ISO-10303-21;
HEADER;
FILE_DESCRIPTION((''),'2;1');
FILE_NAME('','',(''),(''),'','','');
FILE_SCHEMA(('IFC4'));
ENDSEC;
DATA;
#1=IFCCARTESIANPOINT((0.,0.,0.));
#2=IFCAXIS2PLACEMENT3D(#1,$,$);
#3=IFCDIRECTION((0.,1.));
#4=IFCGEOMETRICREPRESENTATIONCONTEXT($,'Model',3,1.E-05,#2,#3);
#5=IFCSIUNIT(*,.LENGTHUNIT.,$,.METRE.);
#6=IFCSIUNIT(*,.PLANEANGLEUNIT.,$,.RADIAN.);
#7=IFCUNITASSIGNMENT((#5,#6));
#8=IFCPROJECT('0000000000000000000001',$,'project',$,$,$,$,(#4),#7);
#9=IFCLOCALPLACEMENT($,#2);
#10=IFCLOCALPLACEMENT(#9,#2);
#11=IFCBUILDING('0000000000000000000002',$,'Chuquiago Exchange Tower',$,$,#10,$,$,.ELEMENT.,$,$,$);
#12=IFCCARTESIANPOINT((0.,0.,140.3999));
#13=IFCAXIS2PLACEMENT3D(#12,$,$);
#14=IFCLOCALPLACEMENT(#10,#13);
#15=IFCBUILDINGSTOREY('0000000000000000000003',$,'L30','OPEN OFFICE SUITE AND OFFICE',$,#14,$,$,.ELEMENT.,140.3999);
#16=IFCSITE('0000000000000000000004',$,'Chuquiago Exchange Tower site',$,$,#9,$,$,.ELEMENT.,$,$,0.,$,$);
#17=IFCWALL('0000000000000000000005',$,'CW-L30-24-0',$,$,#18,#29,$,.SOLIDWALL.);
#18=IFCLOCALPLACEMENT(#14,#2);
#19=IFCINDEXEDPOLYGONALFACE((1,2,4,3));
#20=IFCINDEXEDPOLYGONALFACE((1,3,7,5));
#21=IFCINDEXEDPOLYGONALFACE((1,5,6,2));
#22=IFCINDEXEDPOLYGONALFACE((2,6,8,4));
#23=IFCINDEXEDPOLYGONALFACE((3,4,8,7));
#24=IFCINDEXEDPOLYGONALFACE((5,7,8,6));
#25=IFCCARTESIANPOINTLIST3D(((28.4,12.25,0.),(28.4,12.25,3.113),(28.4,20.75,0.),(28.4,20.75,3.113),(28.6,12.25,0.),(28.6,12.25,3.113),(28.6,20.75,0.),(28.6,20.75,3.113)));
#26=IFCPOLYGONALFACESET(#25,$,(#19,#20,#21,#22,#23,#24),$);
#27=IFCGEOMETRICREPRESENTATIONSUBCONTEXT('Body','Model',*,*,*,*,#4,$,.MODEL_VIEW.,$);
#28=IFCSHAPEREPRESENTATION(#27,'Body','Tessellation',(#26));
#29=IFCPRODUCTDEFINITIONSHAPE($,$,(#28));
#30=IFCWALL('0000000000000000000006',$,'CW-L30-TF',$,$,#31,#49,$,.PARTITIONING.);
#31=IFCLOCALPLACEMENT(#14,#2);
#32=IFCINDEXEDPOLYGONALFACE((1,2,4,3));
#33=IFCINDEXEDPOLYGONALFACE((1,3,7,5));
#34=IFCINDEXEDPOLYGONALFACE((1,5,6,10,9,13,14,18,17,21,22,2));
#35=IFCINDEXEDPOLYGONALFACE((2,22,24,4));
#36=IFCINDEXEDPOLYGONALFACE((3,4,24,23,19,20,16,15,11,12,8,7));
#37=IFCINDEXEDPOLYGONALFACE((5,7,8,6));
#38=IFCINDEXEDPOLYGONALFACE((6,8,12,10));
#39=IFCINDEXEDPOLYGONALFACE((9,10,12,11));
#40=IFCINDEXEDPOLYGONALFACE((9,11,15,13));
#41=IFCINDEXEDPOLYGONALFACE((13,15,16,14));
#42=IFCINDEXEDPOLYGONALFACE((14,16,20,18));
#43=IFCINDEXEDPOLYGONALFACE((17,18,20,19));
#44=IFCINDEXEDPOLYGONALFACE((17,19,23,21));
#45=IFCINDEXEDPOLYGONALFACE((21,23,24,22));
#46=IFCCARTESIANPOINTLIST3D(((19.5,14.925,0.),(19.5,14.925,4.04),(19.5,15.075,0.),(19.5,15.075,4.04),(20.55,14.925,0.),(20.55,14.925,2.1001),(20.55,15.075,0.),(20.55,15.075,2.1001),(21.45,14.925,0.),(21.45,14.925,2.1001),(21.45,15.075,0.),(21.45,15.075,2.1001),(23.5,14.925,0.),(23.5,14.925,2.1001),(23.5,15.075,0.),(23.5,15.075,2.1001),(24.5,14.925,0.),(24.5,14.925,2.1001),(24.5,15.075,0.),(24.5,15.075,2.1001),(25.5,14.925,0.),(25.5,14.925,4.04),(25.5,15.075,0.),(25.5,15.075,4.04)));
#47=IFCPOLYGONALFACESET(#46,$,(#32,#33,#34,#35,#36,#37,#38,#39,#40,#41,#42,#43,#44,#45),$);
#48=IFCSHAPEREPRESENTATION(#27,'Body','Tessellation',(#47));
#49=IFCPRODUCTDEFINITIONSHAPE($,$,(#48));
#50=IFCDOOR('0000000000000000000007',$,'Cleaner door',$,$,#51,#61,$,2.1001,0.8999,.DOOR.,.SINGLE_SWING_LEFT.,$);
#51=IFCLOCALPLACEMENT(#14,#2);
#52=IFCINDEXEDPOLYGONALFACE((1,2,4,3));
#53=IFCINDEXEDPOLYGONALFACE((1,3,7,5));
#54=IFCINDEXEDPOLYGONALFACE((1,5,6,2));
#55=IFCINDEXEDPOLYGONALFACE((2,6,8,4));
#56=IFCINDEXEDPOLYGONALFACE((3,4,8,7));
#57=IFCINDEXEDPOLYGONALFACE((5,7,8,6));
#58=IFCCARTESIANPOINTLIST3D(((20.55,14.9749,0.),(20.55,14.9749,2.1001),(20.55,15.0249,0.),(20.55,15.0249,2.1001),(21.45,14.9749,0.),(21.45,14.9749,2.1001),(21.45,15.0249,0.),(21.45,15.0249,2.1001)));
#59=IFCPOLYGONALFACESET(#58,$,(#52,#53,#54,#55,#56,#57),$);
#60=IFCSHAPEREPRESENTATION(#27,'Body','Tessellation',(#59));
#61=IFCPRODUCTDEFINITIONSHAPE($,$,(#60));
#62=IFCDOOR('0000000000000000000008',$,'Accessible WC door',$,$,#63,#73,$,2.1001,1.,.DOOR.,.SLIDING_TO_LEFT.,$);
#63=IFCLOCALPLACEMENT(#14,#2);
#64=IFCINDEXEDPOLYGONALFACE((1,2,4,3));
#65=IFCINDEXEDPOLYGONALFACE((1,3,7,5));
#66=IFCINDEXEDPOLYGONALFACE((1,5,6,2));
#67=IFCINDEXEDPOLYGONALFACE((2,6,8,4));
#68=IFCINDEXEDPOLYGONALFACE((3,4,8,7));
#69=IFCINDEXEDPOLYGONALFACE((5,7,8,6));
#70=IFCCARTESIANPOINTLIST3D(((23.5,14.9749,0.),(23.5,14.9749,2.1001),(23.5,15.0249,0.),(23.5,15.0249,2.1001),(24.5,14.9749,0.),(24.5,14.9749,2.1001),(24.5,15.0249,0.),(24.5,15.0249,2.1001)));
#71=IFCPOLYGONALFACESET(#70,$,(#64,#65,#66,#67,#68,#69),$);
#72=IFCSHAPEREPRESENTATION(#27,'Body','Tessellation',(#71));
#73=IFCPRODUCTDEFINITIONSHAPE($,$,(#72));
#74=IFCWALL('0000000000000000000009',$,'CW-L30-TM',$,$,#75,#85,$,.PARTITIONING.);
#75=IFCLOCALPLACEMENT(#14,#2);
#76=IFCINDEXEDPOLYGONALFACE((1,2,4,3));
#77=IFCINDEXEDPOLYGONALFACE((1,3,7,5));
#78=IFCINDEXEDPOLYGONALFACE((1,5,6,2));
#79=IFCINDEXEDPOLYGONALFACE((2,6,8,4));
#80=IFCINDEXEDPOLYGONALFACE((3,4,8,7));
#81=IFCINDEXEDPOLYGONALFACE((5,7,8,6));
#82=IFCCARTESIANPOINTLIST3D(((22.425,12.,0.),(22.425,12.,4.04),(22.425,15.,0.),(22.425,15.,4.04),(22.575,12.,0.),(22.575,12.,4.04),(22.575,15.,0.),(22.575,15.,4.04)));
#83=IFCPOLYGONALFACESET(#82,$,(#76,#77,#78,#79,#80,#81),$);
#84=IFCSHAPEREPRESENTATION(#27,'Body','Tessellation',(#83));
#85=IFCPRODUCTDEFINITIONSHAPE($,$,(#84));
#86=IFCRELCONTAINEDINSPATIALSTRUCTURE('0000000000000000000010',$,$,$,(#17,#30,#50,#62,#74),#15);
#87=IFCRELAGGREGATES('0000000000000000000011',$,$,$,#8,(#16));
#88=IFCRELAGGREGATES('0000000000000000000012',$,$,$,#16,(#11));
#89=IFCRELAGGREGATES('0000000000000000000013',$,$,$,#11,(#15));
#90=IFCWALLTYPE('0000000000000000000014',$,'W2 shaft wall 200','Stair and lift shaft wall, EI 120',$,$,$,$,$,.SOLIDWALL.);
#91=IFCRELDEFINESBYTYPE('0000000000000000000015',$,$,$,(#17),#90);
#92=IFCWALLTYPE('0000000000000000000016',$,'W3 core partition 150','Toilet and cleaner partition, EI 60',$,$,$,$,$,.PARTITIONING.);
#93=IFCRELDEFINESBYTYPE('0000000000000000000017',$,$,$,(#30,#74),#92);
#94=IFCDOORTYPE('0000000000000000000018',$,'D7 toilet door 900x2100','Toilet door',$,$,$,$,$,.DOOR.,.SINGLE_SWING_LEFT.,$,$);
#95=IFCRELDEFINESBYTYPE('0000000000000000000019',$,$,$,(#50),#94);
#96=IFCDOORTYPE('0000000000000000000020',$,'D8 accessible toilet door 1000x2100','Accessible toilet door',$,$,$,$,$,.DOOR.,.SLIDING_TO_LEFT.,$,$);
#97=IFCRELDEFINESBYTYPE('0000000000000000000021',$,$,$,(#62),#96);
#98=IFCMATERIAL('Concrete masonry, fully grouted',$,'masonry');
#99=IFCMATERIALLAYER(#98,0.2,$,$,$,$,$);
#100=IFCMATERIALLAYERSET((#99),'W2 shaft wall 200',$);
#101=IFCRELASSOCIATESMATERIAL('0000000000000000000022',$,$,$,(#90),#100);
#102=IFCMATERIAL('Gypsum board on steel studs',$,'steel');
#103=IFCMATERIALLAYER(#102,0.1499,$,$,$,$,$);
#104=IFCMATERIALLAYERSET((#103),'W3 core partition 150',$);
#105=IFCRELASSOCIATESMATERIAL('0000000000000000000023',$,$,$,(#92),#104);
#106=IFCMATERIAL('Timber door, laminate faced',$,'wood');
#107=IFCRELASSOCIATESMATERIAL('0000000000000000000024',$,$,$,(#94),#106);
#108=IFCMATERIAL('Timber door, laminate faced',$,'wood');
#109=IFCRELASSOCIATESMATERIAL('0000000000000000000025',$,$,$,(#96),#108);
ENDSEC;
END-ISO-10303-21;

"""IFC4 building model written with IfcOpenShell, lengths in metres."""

from ifc_helpers import new_model, si_unit, direction, frame, frame_2d, origin, place, context, subcontext, project, spatial, rectangle, extrude, material, layer, layer_set, type_object, element, fill, save


model = new_model("IFC4")

# Units and contexts
model_context = context("Model", 3, precision=1e-05, world=origin(), true_north=direction((0.0, 1.0)))
body_context = subcontext(model_context, "Body", "Model", "MODEL_VIEW")
ifc_project = project(units=[si_unit("LENGTHUNIT", "METRE"), si_unit("PLANEANGLEUNIT", "RADIAN")], contexts=[model_context])

# Site, building, storey
site_placement = place(None, origin())
site = spatial("IfcSite", under=ifc_project, at=site_placement, Name="Chuquiago Exchange Tower site", CompositionType="ELEMENT", RefElevation=0.0)
building_placement = place(site_placement, origin())
building = spatial("IfcBuilding", under=site, at=building_placement, Name="Chuquiago Exchange Tower", CompositionType="ELEMENT")
storey_placement = place(building_placement, frame((0.0, 0.0, 140.3999)))
storey = spatial("IfcBuildingStorey", under=building, at=storey_placement, Name="L30", Description="OPEN OFFICE SUITE AND OFFICE", CompositionType="ELEMENT", Elevation=140.3999)

# Shared definitions
ifc_material_1 = material(Name="Concrete masonry, fully grouted", Category="masonry")
ifc_layer_1 = layer(ifc_material_1, 0.2)
ifc_layer_set_1 = layer_set([ifc_layer_1], Name="W2 shaft wall 200")
wall_type_1 = type_object("IfcWallType", Name="W2 shaft wall 200", Description="Stair and lift shaft wall, EI 120", PredefinedType="SOLIDWALL", material=ifc_layer_set_1)

# Wall
wall_1_placement = place(storey_placement, frame((28.5, 12.25, 0.0), z_axis=(0.0, 0.0, 1.0), x_axis=(0.0, 1.0, 0.0)))
element("IfcWall", 1, at=wall_1_placement, inside=storey, type_object=wall_type_1, Name="CW-L30-24-0", PredefinedType="SOLIDWALL", context=body_context, shape_type="SweptSolid", body=[
    extrude(rectangle(XDim=8.5, YDim=0.2, at=frame_2d((4.25, 0.0))), origin(), (0.0, 0.0, 1.0), 3.113),
])

# Wall, openings, doors
ifc_material_2 = material(Name="Gypsum board on steel studs", Category="steel")
ifc_layer_2 = layer(ifc_material_2, 0.1499)
ifc_layer_set_2 = layer_set([ifc_layer_2], Name="W3 core partition 150")
wall_type_2 = type_object("IfcWallType", Name="W3 core partition 150", Description="Toilet and cleaner partition, EI 60", PredefinedType="PARTITIONING", material=ifc_layer_set_2)
wall_2_placement = place(storey_placement, frame((19.5, 15.0, 0.0), z_axis=(0.0, 0.0, 1.0), x_axis=(1.0, 0.0, 0.0)))
wall_2 = element("IfcWall", 2, at=wall_2_placement, inside=storey, type_object=wall_type_2, Name="CW-L30-TF", PredefinedType="PARTITIONING", context=body_context, shape_type="SweptSolid", body=[
    extrude(rectangle(XDim=6.0, YDim=0.1499, at=frame_2d((3.0, 0.0))), origin(), (0.0, 0.0, 1.0), 4.04),
])
opening_1_placement = place(wall_2_placement, frame((4.0, 0.0, 0.0)))
opening_1 = element("IfcOpeningElement", 3, at=opening_1_placement, cuts=wall_2, PredefinedType="OPENING", context=body_context, shape_type="SweptSolid", body=[
    extrude(rectangle(XDim=1.0, YDim=2.1001, at=frame_2d((0.5, 1.05))), frame((0.0, 0.085, 0.0), z_axis=(0.0, -1.0, 0.0), x_axis=(1.0, 0.0, 0.0)), (0.0, 0.0, 1.0), 0.1699),
])
opening_2_placement = place(wall_2_placement, frame((1.05, 0.0, 0.0)))
opening_2 = element("IfcOpeningElement", 4, at=opening_2_placement, cuts=wall_2, PredefinedType="OPENING", context=body_context, shape_type="SweptSolid", body=[
    extrude(rectangle(XDim=0.8999, YDim=2.1001, at=frame_2d((0.45, 1.05))), frame((0.0, 0.085, 0.0), z_axis=(0.0, -1.0, 0.0), x_axis=(1.0, 0.0, 0.0)), (0.0, 0.0, 1.0), 0.1699),
])
ifc_material_3 = material(Name="Timber door, laminate faced", Category="wood")
door_type_1 = type_object("IfcDoorType", Name="D7 toilet door 900x2100", Description="Toilet door", OperationType="SINGLE_SWING_LEFT", PredefinedType="DOOR", material=ifc_material_3)
door_1_placement = place(opening_2_placement, origin())
door_1 = element("IfcDoor", 5, at=door_1_placement, inside=storey, type_object=door_type_1, Name="Cleaner door", OperationType="SINGLE_SWING_LEFT", OverallHeight=2.1001, OverallWidth=0.8999, PredefinedType="DOOR", context=body_context, shape_type="SweptSolid", body=[
    extrude(rectangle(XDim=0.8999, YDim=2.1001, at=frame_2d((0.45, 1.05))), frame((0.0, 0.0249, 0.0), z_axis=(0.0, -1.0, 0.0), x_axis=(1.0, 0.0, 0.0)), (0.0, 0.0, 1.0), 0.05),
])
fill(opening_2, door_1)
ifc_material_4 = material(Name="Timber door, laminate faced", Category="wood")
door_type_2 = type_object("IfcDoorType", Name="D8 accessible toilet door 1000x2100", Description="Accessible toilet door", OperationType="SLIDING_TO_LEFT", PredefinedType="DOOR", material=ifc_material_4)
door_2_placement = place(opening_1_placement, origin())
door_2 = element("IfcDoor", 6, at=door_2_placement, inside=storey, type_object=door_type_2, Name="Accessible WC door", OperationType="SLIDING_TO_LEFT", OverallHeight=2.1001, OverallWidth=1.0, PredefinedType="DOOR", context=body_context, shape_type="SweptSolid", body=[
    extrude(rectangle(XDim=1.0, YDim=2.1001, at=frame_2d((0.5, 1.05))), frame((0.0, 0.0249, 0.0), z_axis=(0.0, -1.0, 0.0), x_axis=(1.0, 0.0, 0.0)), (0.0, 0.0, 1.0), 0.05),
])
fill(opening_1, door_2)

# Wall
wall_3_placement = place(storey_placement, frame((22.5, 15.0, 0.0), z_axis=(0.0, 0.0, 1.0), x_axis=(0.0, -1.0, 0.0)))
element("IfcWall", 7, at=wall_3_placement, inside=storey, type_object=wall_type_2, Name="CW-L30-TM", PredefinedType="PARTITIONING", context=body_context, shape_type="SweptSolid", body=[
    extrude(rectangle(XDim=3.0, YDim=0.1499, at=frame_2d((1.5, 0.0))), origin(), (0.0, 0.0, 1.0), 4.04),
])

save(model, "model.ifc")
